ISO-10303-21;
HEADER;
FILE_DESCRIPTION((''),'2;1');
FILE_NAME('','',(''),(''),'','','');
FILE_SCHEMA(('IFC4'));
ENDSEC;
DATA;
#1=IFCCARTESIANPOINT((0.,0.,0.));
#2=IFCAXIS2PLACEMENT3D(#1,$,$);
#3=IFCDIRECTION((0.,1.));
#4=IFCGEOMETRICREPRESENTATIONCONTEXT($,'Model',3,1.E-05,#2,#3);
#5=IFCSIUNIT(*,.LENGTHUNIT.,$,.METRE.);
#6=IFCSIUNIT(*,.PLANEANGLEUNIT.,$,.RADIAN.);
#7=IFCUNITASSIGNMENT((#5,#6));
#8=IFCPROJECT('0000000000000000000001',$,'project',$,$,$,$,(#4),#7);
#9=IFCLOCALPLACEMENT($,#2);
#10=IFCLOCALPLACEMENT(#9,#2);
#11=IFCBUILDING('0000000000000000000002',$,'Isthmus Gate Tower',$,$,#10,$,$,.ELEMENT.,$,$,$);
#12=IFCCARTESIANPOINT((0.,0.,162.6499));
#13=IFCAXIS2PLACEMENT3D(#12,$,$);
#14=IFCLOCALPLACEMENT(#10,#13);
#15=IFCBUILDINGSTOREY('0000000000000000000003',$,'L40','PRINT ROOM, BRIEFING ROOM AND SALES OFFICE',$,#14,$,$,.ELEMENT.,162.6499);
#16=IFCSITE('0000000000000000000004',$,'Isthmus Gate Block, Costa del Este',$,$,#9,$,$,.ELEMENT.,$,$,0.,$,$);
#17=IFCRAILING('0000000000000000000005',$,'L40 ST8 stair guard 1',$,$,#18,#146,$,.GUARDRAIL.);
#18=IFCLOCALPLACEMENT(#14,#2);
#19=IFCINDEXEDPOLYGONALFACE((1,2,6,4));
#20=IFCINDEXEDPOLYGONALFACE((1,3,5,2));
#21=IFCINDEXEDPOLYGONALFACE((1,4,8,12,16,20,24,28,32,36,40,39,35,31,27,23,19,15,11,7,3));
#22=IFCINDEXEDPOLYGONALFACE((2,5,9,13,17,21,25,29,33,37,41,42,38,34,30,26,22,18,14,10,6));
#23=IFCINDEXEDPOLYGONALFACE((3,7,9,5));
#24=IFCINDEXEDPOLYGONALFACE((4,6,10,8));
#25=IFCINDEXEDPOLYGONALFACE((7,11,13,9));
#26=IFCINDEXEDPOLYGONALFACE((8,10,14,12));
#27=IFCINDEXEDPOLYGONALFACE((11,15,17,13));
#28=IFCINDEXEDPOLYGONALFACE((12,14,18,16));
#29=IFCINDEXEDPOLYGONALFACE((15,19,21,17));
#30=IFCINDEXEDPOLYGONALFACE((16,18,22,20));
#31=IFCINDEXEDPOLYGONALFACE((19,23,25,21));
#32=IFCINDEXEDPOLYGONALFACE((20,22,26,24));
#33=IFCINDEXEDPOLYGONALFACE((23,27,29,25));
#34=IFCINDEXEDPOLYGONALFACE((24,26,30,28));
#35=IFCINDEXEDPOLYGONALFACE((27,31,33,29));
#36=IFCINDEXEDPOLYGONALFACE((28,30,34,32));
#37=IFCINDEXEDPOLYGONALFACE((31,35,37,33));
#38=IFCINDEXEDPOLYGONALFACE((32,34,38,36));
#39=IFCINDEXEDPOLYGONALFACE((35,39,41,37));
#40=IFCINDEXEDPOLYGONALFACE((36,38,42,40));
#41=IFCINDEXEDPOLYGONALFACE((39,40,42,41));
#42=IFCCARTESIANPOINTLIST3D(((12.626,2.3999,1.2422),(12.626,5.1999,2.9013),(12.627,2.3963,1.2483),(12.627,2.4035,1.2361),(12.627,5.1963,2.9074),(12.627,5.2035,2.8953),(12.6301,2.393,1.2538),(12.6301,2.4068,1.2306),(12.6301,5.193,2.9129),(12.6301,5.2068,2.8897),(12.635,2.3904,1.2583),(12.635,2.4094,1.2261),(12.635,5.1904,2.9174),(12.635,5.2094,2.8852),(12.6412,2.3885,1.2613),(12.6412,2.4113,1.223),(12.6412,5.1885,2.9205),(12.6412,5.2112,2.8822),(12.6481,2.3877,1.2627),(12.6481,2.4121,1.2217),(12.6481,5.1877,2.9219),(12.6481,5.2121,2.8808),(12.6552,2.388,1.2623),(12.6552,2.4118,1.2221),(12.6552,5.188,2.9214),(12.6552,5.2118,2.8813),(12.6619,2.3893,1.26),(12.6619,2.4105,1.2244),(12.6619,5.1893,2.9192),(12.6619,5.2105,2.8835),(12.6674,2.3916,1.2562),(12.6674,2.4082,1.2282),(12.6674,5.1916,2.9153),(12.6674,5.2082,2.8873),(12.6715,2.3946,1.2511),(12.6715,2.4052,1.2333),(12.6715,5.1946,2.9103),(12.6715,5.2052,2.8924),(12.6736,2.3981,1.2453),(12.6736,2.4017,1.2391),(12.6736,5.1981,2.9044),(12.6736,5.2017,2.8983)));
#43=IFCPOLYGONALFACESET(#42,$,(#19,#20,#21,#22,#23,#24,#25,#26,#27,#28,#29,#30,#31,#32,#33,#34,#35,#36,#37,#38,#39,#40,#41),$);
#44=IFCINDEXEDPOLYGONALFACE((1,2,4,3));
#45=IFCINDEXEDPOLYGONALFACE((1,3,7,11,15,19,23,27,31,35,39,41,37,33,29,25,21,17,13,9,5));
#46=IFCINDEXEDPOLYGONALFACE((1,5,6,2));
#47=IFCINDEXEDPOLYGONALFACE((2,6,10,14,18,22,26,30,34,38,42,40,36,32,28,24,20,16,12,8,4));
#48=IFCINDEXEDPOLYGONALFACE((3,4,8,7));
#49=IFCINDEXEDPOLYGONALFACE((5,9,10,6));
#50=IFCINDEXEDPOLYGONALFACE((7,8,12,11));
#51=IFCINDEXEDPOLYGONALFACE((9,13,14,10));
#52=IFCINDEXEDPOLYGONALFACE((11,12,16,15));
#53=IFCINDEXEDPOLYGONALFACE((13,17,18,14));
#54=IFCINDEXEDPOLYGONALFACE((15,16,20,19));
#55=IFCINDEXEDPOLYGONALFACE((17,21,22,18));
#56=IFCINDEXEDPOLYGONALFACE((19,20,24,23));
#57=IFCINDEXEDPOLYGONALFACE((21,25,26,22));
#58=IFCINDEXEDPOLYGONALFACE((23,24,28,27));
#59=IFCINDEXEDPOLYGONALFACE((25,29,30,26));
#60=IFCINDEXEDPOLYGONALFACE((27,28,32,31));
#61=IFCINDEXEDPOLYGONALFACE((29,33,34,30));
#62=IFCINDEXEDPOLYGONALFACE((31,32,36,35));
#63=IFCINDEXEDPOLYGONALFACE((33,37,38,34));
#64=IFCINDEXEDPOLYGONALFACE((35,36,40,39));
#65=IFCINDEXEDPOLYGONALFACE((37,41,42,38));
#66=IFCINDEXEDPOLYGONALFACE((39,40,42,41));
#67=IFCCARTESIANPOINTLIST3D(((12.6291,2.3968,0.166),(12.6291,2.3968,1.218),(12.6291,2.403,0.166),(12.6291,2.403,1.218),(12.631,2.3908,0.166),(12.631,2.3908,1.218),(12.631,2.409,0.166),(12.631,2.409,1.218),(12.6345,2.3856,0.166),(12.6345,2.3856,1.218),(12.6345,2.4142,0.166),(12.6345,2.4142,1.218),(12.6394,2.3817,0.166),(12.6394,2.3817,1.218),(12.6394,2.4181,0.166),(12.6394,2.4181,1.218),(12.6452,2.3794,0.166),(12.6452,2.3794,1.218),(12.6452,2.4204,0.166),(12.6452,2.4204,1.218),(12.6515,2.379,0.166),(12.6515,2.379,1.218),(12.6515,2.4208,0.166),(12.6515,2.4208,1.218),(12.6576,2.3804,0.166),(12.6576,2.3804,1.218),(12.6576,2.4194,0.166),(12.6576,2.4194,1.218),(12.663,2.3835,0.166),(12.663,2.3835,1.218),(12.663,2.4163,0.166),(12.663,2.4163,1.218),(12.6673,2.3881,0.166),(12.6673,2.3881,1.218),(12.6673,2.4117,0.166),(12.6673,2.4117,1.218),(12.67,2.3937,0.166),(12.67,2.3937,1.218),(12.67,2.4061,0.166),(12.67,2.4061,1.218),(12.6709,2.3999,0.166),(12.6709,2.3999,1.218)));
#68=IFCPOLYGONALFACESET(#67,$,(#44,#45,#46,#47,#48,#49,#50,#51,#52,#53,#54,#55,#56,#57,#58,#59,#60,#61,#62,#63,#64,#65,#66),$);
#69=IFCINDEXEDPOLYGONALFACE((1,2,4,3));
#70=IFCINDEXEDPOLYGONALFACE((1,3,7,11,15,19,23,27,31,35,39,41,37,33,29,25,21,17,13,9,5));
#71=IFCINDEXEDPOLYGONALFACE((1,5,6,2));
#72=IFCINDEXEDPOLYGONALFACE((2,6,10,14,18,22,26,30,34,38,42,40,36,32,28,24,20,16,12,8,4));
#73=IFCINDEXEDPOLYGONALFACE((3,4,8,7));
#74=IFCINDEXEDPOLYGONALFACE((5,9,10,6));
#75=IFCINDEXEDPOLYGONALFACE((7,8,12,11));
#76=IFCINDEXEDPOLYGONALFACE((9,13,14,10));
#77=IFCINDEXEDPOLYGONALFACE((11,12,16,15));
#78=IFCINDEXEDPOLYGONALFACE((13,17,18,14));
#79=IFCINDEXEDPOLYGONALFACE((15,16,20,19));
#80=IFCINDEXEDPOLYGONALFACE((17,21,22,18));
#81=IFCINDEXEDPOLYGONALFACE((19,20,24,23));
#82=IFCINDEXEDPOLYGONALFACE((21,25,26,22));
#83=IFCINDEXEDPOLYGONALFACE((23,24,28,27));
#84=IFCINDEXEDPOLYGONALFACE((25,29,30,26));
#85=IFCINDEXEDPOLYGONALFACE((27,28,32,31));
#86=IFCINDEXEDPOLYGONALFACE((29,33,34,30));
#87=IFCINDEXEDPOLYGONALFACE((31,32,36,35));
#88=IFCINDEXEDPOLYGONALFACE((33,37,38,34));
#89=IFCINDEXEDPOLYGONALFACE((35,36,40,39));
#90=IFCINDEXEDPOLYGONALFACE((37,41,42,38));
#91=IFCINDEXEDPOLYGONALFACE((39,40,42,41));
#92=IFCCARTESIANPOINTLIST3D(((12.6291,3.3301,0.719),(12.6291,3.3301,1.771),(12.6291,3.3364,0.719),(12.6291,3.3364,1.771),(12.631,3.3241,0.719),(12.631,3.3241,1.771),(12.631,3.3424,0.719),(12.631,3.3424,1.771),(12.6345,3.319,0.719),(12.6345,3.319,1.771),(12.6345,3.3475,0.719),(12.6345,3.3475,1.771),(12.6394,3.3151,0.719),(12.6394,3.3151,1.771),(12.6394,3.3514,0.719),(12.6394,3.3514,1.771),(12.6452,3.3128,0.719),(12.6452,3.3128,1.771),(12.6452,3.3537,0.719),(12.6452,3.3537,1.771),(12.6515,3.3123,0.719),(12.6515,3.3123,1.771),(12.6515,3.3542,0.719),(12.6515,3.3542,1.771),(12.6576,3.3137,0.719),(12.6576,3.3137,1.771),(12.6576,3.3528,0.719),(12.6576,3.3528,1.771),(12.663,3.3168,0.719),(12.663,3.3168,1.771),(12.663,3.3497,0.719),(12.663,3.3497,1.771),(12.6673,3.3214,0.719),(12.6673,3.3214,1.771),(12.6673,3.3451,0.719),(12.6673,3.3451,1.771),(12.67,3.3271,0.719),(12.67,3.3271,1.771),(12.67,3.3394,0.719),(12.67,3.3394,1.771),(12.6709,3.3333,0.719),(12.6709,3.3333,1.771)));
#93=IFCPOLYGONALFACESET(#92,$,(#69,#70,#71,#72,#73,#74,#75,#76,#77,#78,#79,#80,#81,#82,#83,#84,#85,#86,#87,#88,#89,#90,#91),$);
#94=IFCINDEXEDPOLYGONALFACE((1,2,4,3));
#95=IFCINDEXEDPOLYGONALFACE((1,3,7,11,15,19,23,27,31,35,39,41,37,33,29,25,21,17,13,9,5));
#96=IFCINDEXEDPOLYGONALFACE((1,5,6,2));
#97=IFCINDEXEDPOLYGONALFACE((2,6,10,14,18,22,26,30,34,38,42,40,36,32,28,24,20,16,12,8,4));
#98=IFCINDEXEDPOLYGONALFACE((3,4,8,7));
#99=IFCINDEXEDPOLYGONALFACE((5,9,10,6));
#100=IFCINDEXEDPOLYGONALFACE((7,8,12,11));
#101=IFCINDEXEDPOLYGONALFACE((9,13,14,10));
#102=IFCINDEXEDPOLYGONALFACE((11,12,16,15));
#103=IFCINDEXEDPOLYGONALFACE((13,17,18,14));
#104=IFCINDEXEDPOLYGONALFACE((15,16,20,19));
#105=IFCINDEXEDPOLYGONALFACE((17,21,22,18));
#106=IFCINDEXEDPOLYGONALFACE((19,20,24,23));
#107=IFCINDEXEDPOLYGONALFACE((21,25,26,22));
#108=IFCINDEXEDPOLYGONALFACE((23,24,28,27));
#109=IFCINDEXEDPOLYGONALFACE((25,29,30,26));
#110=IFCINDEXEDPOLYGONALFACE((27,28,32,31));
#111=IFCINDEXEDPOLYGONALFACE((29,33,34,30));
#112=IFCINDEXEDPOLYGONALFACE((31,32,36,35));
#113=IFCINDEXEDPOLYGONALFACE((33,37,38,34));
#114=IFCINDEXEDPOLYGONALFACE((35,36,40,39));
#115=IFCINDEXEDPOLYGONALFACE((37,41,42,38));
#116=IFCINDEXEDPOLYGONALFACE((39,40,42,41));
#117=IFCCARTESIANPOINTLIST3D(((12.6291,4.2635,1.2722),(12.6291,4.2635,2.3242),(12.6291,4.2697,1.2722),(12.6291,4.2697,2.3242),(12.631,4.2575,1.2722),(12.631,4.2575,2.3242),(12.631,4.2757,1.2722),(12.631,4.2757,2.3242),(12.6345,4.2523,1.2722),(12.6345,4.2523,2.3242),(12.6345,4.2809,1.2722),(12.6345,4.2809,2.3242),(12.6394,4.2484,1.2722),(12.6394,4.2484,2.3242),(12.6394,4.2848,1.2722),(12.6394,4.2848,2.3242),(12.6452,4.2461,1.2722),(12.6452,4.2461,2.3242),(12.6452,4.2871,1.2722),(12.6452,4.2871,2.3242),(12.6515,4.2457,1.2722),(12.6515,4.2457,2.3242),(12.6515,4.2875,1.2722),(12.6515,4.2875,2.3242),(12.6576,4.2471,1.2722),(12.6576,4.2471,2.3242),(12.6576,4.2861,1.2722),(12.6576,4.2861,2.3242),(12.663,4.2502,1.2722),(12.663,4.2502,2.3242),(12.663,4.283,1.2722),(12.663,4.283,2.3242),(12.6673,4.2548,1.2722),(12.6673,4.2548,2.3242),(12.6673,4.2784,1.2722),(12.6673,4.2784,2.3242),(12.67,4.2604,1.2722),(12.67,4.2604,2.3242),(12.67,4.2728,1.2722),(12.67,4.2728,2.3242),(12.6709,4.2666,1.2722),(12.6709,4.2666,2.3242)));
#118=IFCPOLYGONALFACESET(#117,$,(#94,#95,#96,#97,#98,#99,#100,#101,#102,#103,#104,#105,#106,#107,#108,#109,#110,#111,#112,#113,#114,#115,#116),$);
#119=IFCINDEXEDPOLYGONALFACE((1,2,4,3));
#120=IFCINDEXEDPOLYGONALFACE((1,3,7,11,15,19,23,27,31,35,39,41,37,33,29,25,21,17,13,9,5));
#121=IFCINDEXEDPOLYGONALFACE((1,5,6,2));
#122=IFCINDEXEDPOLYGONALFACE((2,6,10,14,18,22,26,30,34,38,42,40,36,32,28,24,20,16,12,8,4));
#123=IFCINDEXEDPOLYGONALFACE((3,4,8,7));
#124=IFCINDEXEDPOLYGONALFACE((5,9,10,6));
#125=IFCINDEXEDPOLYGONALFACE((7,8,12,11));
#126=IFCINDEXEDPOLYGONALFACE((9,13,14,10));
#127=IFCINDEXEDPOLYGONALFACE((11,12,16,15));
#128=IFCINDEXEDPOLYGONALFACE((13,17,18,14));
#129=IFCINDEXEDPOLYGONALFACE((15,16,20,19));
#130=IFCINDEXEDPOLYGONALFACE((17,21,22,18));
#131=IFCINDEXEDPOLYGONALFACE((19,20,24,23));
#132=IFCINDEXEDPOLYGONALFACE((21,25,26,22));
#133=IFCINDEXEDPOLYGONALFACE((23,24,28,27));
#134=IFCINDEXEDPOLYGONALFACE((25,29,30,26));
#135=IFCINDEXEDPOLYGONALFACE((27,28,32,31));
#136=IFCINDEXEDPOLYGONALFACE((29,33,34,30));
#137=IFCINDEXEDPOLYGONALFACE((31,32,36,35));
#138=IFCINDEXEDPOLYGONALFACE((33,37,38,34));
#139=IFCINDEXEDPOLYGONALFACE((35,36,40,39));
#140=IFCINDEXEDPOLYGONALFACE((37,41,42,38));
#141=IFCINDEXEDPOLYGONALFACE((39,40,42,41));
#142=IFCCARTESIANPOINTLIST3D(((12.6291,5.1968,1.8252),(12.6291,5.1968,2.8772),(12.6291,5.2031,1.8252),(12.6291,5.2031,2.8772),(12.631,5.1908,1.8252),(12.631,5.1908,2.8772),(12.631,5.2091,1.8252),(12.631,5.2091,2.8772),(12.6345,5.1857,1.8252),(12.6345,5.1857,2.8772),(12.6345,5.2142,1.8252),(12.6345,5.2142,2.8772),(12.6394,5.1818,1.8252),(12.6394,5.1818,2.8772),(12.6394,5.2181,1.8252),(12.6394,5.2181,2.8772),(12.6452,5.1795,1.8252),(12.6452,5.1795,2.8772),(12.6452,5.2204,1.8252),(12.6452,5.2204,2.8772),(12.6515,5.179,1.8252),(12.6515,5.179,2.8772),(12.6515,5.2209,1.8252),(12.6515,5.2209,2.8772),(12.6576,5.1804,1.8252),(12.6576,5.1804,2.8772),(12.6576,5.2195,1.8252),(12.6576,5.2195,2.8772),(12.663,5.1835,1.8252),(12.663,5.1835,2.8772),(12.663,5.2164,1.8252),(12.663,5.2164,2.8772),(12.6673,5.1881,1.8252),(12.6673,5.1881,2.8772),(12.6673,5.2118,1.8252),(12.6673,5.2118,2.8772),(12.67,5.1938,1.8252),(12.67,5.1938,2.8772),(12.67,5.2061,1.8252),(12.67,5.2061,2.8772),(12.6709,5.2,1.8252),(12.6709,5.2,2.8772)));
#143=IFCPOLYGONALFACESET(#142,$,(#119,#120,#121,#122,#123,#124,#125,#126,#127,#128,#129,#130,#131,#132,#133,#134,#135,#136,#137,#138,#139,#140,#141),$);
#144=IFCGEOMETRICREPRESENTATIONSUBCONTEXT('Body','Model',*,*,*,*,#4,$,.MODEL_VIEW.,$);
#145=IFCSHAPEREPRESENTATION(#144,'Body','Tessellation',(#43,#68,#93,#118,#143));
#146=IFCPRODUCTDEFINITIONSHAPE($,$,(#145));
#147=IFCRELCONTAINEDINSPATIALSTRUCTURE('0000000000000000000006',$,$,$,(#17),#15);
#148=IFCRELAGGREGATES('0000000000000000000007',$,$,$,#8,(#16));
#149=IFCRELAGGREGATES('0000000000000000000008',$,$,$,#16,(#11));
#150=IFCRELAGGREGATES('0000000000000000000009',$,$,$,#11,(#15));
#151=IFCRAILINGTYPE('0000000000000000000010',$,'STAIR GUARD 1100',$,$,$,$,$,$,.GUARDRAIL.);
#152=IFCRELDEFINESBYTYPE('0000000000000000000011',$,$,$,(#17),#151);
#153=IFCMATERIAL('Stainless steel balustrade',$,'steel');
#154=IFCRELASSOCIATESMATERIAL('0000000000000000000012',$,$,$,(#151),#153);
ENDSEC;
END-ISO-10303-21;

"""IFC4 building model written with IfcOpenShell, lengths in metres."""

from ifc_helpers import new_model, si_unit, direction, frame, origin, origin_2d, place, context, subcontext, project, spatial, circle, extrude, material, type_object, element, save


model = new_model("IFC4")

# Units and contexts
model_context = context("Model", 3, precision=1e-05, world=origin(), true_north=direction((0.0, 1.0)))
body_context = subcontext(model_context, "Body", "Model", "MODEL_VIEW")
ifc_project = project(units=[si_unit("LENGTHUNIT", "METRE"), si_unit("PLANEANGLEUNIT", "RADIAN")], contexts=[model_context])

# Site, building, storey
site_placement = place(None, origin())
site = spatial("IfcSite", under=ifc_project, at=site_placement, Name="Isthmus Gate Block, Costa del Este", CompositionType="ELEMENT", RefElevation=0.0)
building_placement = place(site_placement, origin())
building = spatial("IfcBuilding", under=site, at=building_placement, Name="Isthmus Gate Tower", CompositionType="ELEMENT")
storey_placement = place(building_placement, frame((0.0, 0.0, 162.6499)))
storey = spatial("IfcBuildingStorey", under=building, at=storey_placement, Name="L40", Description="PRINT ROOM, BRIEFING ROOM AND SALES OFFICE", CompositionType="ELEMENT", Elevation=162.6499)

# Railing
ifc_material_1 = material(Name="Stainless steel balustrade", Category="steel")
railing_type_1 = type_object("IfcRailingType", Name="STAIR GUARD 1100", PredefinedType="GUARDRAIL", material=ifc_material_1)
railing_1_placement = place(storey_placement, frame((12.6499, 2.3999, 0.166)))
element("IfcRailing", 1, at=railing_1_placement, inside=storey, type_object=railing_type_1, Name="L40 ST8 stair guard 1", PredefinedType="GUARDRAIL", context=body_context, shape_type="SweptSolid", body=[
    extrude(circle(Radius=0.0239, at=origin_2d()), frame((0.0, 0.0, 1.0762), z_axis=(0.0, 0.860306, 0.509778), x_axis=(-1.0, 0.0, 0.0)), (0.0, 0.0, 1.0), 3.2546),
    extrude(circle(Radius=0.021, at=origin_2d()), origin(), (0.0, 0.0, 1.0), 1.052),
    extrude(circle(Radius=0.021, at=origin_2d()), frame((0.0, 0.9333, 0.553)), (0.0, 0.0, 1.0), 1.052),
    extrude(circle(Radius=0.021, at=origin_2d()), frame((0.0, 1.8667, 1.1062)), (0.0, 0.0, 1.0), 1.052),
    extrude(circle(Radius=0.021, at=origin_2d()), frame((0.0, 2.8, 1.6592)), (0.0, 0.0, 1.0), 1.052),
])

save(model, "model.ifc")
